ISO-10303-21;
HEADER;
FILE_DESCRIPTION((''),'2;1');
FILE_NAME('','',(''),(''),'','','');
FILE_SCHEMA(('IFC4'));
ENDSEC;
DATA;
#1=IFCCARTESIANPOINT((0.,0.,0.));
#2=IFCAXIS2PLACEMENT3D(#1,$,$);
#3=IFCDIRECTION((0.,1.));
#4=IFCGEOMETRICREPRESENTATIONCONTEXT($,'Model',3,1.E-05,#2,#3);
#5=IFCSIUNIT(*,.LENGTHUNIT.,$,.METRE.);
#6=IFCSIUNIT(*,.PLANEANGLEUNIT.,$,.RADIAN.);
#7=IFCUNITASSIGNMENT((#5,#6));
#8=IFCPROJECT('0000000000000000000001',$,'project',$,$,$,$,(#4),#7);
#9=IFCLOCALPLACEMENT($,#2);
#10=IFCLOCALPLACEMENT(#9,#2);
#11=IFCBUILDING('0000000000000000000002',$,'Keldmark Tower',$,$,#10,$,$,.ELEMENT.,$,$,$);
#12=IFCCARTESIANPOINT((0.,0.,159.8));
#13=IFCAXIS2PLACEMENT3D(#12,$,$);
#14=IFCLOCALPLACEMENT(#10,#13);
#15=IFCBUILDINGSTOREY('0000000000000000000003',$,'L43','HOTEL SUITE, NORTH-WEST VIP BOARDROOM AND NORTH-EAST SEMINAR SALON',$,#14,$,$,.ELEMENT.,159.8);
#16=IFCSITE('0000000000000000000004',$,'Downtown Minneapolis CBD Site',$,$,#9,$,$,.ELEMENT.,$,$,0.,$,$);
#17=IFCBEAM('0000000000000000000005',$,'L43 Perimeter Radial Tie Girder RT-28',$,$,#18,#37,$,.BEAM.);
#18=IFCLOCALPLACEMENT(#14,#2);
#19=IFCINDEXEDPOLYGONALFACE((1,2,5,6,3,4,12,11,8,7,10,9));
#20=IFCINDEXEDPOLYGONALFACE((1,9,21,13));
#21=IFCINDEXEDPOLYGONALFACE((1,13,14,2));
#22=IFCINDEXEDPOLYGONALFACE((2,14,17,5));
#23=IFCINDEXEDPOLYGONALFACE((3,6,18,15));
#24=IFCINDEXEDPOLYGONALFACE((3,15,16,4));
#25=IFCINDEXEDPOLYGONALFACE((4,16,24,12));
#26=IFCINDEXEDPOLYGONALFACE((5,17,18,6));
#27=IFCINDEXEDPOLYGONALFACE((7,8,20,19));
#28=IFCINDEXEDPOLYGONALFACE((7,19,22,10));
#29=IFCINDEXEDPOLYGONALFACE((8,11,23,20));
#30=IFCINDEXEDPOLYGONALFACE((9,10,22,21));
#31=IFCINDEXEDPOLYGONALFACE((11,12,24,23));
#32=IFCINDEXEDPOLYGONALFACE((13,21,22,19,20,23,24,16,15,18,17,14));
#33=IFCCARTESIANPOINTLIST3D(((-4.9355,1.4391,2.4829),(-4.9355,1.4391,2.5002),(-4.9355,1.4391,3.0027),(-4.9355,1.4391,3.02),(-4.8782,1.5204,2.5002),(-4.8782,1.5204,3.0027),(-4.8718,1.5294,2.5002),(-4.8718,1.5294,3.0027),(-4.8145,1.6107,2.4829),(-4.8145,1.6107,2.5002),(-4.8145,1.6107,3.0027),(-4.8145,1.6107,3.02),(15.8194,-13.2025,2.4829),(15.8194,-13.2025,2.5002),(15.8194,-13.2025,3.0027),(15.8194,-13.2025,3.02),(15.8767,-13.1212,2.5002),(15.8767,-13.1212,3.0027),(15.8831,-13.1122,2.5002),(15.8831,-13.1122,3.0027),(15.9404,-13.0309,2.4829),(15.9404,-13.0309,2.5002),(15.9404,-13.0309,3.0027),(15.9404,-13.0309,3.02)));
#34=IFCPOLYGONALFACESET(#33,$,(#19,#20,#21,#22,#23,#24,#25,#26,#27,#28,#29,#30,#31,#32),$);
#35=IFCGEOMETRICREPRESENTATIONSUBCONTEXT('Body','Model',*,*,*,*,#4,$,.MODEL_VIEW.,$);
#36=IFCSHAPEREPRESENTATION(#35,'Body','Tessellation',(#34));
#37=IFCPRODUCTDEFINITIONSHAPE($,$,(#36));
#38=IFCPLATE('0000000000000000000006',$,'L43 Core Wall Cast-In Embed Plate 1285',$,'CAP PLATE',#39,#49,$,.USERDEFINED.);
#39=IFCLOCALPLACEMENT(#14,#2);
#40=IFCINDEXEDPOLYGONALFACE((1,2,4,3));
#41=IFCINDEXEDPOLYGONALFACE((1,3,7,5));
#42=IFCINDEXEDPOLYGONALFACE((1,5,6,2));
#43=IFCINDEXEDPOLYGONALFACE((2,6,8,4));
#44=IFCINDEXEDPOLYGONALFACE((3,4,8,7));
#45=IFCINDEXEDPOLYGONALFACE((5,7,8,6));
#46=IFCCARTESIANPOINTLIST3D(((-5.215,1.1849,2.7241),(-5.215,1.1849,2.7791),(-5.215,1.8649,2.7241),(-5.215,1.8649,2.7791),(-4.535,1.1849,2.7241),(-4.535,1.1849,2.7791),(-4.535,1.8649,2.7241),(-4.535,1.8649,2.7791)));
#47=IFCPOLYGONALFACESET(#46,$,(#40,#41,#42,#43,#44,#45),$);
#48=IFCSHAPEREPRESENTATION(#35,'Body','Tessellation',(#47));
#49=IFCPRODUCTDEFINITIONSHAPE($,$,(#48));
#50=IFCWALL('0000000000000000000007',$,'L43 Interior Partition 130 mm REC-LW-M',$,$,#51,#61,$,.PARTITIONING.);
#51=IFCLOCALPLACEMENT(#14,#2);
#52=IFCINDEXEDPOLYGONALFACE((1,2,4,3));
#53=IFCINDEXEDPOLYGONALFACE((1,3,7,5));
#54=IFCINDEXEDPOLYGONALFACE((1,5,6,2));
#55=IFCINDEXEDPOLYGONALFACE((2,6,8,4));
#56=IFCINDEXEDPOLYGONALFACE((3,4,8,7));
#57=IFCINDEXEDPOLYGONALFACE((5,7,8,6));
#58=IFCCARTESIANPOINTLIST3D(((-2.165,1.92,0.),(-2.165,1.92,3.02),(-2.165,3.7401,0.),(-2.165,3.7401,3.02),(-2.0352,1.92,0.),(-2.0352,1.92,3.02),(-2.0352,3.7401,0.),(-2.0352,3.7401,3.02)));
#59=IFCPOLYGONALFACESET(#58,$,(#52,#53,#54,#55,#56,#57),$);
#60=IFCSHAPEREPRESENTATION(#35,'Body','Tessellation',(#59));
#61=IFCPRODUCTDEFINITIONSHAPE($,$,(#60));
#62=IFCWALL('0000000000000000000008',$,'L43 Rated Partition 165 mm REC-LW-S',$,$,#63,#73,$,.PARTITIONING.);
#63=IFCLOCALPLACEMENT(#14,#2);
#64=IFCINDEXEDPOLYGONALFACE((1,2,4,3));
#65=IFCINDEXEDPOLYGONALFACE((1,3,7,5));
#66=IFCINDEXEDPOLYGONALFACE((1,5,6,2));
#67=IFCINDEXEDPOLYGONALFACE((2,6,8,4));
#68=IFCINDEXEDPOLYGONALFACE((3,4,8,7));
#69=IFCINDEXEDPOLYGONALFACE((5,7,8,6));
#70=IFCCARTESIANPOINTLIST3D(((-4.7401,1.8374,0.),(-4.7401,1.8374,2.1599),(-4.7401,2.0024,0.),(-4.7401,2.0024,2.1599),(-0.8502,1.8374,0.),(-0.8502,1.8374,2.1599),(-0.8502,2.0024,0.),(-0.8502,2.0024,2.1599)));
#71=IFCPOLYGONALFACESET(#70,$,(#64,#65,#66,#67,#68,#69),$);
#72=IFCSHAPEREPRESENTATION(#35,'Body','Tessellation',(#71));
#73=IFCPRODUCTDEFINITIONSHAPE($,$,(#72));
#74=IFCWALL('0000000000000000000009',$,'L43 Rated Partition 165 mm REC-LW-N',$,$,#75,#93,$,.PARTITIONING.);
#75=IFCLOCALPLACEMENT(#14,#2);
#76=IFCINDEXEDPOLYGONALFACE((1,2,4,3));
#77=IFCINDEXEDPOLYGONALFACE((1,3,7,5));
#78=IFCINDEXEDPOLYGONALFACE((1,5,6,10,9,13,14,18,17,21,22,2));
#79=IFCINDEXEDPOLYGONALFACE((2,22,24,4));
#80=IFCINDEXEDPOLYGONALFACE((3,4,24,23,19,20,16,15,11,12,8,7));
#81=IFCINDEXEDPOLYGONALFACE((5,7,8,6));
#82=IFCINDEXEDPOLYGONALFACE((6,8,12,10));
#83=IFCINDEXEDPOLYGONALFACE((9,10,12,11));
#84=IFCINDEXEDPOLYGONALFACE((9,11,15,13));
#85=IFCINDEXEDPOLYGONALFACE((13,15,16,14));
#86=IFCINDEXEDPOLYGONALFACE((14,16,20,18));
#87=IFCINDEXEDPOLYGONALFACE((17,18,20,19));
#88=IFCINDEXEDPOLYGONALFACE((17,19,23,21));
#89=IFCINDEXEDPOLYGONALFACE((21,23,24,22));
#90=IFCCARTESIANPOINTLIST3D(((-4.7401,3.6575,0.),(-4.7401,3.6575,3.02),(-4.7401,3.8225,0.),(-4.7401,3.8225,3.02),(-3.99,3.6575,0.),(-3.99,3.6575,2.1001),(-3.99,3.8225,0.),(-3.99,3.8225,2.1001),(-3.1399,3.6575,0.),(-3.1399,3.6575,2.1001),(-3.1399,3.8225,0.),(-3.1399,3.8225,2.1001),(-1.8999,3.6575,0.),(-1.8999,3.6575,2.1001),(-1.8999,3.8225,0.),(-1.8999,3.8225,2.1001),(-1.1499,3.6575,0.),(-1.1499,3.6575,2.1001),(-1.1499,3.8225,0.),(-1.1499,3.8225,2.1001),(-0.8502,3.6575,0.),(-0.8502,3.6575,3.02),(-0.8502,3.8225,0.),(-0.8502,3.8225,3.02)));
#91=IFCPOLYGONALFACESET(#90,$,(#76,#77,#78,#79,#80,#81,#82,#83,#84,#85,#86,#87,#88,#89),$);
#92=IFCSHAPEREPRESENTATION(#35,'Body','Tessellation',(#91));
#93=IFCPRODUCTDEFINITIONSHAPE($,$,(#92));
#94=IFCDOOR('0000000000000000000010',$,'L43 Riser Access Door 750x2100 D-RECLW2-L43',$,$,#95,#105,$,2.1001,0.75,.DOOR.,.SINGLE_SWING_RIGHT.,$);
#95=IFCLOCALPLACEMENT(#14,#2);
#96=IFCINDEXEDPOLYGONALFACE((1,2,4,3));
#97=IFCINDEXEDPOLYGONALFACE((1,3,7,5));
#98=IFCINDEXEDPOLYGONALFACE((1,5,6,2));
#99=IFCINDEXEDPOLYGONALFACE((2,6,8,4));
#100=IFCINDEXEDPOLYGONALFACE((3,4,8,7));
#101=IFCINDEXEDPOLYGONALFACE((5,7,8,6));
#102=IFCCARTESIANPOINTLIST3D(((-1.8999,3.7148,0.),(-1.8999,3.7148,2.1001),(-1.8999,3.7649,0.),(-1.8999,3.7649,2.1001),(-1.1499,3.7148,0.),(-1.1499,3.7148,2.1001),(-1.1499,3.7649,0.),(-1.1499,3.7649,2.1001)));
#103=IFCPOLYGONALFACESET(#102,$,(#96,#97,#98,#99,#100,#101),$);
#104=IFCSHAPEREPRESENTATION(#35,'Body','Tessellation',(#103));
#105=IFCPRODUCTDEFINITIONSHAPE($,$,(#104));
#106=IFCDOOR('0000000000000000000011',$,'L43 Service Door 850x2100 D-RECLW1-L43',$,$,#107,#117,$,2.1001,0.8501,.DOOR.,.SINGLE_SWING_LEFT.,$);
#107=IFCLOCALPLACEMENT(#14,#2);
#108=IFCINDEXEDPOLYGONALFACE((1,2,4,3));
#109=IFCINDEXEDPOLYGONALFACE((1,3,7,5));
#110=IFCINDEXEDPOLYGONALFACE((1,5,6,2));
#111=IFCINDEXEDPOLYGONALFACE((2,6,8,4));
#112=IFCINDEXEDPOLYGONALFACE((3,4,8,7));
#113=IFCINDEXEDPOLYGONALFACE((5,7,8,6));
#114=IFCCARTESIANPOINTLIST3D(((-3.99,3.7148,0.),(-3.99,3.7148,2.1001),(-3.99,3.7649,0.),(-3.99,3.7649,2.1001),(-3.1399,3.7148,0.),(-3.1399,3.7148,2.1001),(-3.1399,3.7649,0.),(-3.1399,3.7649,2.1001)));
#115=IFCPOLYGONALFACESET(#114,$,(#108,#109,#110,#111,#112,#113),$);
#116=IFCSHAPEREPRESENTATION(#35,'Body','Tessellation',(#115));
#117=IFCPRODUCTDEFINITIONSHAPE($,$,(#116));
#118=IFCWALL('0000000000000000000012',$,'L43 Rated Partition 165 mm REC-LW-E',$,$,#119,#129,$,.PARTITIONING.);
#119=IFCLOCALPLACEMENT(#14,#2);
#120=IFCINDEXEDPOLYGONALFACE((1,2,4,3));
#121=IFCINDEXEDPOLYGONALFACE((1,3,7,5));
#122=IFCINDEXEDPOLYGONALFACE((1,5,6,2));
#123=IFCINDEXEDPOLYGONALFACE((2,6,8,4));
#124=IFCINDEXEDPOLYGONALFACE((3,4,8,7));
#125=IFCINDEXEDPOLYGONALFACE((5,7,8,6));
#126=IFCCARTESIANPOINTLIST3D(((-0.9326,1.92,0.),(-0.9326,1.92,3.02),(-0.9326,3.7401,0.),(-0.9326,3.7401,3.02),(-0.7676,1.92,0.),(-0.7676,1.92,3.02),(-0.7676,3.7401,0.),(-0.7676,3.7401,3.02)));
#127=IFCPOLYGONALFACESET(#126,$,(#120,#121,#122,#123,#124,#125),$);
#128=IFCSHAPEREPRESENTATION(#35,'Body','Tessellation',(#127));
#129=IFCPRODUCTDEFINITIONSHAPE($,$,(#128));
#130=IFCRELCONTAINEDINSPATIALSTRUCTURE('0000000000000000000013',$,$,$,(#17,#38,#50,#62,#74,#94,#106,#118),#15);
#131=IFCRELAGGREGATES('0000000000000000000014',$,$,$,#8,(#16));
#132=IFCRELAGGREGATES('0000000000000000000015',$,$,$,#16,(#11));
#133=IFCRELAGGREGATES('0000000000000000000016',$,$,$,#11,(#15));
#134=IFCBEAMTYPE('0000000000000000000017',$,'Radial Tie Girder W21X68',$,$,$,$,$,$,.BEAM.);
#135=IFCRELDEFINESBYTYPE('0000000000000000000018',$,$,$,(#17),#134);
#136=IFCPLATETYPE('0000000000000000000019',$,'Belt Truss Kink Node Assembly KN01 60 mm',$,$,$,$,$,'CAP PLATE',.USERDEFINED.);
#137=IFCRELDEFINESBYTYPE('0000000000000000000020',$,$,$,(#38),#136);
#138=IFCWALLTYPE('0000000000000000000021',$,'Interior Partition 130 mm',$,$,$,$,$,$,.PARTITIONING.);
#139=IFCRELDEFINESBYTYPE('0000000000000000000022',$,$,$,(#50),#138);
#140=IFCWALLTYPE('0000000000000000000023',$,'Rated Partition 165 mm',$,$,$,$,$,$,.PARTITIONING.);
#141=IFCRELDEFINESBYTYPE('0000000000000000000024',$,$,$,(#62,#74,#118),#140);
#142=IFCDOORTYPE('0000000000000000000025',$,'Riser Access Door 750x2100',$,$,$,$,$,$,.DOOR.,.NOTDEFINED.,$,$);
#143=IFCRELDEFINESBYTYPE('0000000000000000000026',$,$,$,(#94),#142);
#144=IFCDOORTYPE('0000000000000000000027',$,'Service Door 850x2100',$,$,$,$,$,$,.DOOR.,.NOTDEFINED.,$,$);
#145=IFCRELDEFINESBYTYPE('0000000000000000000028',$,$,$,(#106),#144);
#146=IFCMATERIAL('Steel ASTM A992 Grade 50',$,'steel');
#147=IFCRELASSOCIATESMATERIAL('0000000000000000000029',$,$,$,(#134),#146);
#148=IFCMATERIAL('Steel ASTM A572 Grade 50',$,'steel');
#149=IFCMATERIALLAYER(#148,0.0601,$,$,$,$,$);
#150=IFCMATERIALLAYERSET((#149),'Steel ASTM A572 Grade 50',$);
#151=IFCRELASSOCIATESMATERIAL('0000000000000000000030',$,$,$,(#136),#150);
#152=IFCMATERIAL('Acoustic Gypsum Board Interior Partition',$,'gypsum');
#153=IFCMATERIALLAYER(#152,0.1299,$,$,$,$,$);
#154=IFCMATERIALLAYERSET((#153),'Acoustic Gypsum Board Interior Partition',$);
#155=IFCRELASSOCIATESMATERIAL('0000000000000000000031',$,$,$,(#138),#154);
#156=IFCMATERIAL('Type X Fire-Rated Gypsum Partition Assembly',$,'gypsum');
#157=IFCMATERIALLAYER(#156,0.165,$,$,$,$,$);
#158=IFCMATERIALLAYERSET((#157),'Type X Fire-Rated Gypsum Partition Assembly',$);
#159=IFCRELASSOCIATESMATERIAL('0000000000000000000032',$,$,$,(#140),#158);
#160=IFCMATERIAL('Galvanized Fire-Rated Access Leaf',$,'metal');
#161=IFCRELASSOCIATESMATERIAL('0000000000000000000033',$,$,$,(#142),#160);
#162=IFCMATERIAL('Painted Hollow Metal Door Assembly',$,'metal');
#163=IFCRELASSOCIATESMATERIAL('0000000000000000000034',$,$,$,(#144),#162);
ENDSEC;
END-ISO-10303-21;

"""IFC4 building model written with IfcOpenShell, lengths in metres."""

from ifc_helpers import new_model, si_unit, direction, frame, frame_2d, origin, origin_2d, place, context, subcontext, project, spatial, rectangle, i_section, extrude, material, layer, layer_set, material_profile, profile_set, type_object, element, fill, save


model = new_model("IFC4")

# Units and contexts
model_context = context("Model", 3, precision=1e-05, world=origin(), true_north=direction((0.0, 1.0)))
body_context = subcontext(model_context, "Body", "Model", "MODEL_VIEW")
ifc_project = project(units=[si_unit("LENGTHUNIT", "METRE"), si_unit("PLANEANGLEUNIT", "RADIAN")], contexts=[model_context])

# Site, building, storey
site_placement = place(None, origin())
site = spatial("IfcSite", under=ifc_project, at=site_placement, Name="Downtown Minneapolis CBD Site", CompositionType="ELEMENT", RefElevation=0.0)
building_placement = place(site_placement, origin())
building = spatial("IfcBuilding", under=site, at=building_placement, Name="Keldmark Tower", CompositionType="ELEMENT")
storey_placement = place(building_placement, frame((0.0, 0.0, 159.8)))
storey = spatial("IfcBuildingStorey", under=building, at=storey_placement, Name="L43", Description="HOTEL SUITE, NORTH-WEST VIP BOARDROOM AND NORTH-EAST SEMINAR SALON", CompositionType="ELEMENT", Elevation=159.8)

# Beam
ifc_material_1 = material(Name="Steel ASTM A992 Grade 50", Category="steel")
ifc_material_profile = material_profile(ifc_material_1, i_section(OverallWidth=0.21, OverallDepth=0.5371, WebThickness=0.011, FlangeThickness=0.0173, at=origin_2d()), Name="W21X68")
ifc_profile_set = profile_set([ifc_material_profile], Name="Steel ASTM A992 Grade 50")
beam_type = type_object("IfcBeamType", Name="Radial Tie Girder W21X68", PredefinedType="BEAM", material=ifc_profile_set)
beam_placement = place(storey_placement, frame((-4.875, 1.5249, 2.7515), z_axis=(0.817133, -0.576449, 0.0), x_axis=(0.576449, 0.817133, 0.0)))
element("IfcBeam", 1, at=beam_placement, inside=storey, type_object=beam_type, Name="L43 Perimeter Radial Tie Girder RT-28", PredefinedType="BEAM", context=body_context, shape_type="SweptSolid", body=[
    extrude(i_section(OverallWidth=0.21, OverallDepth=0.5371, WebThickness=0.011, FlangeThickness=0.0173, at=origin_2d()), origin(), (0.0, 0.0, 1.0), 25.3997),
])

# Plate
ifc_material_2 = material(Name="Steel ASTM A572 Grade 50", Category="steel")
ifc_layer_1 = layer(ifc_material_2, 0.0601)
ifc_layer_set_1 = layer_set([ifc_layer_1], Name="Steel ASTM A572 Grade 50")
plate_type = type_object("IfcPlateType", Name="Belt Truss Kink Node Assembly KN01 60 mm", ElementType="CAP PLATE", PredefinedType="USERDEFINED", material=ifc_layer_set_1)
plate_placement = place(storey_placement, frame((-4.875, 1.5249, 2.7241), z_axis=(0.0, 0.0, 1.0), x_axis=(1.0, 0.0, 0.0)))
element("IfcPlate", 2, at=plate_placement, inside=storey, type_object=plate_type, Name="L43 Core Wall Cast-In Embed Plate 1285", ObjectType="CAP PLATE", PredefinedType="USERDEFINED", context=body_context, shape_type="SweptSolid", body=[
    extrude(rectangle(XDim=0.6799, YDim=0.6799, at=origin_2d()), origin(), (0.0, 0.0, 1.0), 0.0549),
])

# Walls
ifc_material_3 = material(Name="Acoustic Gypsum Board Interior Partition", Category="gypsum")
ifc_layer_2 = layer(ifc_material_3, 0.1299)
ifc_layer_set_2 = layer_set([ifc_layer_2], Name="Acoustic Gypsum Board Interior Partition")
wall_type_1 = type_object("IfcWallType", Name="Interior Partition 130 mm", PredefinedType="PARTITIONING", material=ifc_layer_set_2)
wall_1_placement = place(storey_placement, frame((-2.1001, 1.9199, 0.0), z_axis=(0.0, 0.0, 1.0), x_axis=(0.0, 1.0, 0.0)))
element("IfcWall", 3, at=wall_1_placement, inside=storey, type_object=wall_type_1, Name="L43 Interior Partition 130 mm REC-LW-M", PredefinedType="PARTITIONING", context=body_context, shape_type="SweptSolid", body=[
    extrude(rectangle(XDim=1.8201, YDim=0.1299, at=frame_2d((0.9102, 0.0))), origin(), (0.0, 0.0, 1.0), 3.02),
])
ifc_material_4 = material(Name="Type X Fire-Rated Gypsum Partition Assembly", Category="gypsum")
ifc_layer_3 = layer(ifc_material_4, 0.165)
ifc_layer_set_3 = layer_set([ifc_layer_3], Name="Type X Fire-Rated Gypsum Partition Assembly")
wall_type_2 = type_object("IfcWallType", Name="Rated Partition 165 mm", PredefinedType="PARTITIONING", material=ifc_layer_set_3)
wall_2_placement = place(storey_placement, frame((-4.74, 1.9199, 0.0), z_axis=(0.0, 0.0, 1.0), x_axis=(1.0, 0.0, 0.0)))
element("IfcWall", 4, at=wall_2_placement, inside=storey, type_object=wall_type_2, Name="L43 Rated Partition 165 mm REC-LW-S", PredefinedType="PARTITIONING", context=body_context, shape_type="SweptSolid", body=[
    extrude(rectangle(XDim=3.8899, YDim=0.165, at=frame_2d((1.9448, 0.0))), origin(), (0.0, 0.0, 1.0), 2.1599),
])

# Wall, openings, doors
wall_3_placement = place(storey_placement, frame((-4.74, 3.74, 0.0), z_axis=(0.0, 0.0, 1.0), x_axis=(1.0, 0.0, 0.0)))
wall_3 = element("IfcWall", 5, at=wall_3_placement, inside=storey, type_object=wall_type_2, Name="L43 Rated Partition 165 mm REC-LW-N", PredefinedType="PARTITIONING", context=body_context, shape_type="SweptSolid", body=[
    extrude(rectangle(XDim=3.8899, YDim=0.165, at=frame_2d((1.9448, 0.0))), origin(), (0.0, 0.0, 1.0), 3.02),
])
opening_1_placement = place(wall_3_placement, frame((0.75, 0.0, 0.0)))
opening_1 = element("IfcOpeningElement", 6, at=opening_1_placement, cuts=wall_3, PredefinedType="OPENING", context=body_context, shape_type="SweptSolid", body=[
    extrude(rectangle(XDim=0.8501, YDim=2.1001, at=frame_2d((0.425, 1.05))), frame((0.0, 0.0925, 0.0), z_axis=(0.0, -1.0, 0.0), x_axis=(1.0, 0.0, 0.0)), (0.0, 0.0, 1.0), 0.1851),
])
opening_2_placement = place(wall_3_placement, frame((2.8401, 0.0, 0.0)))
opening_2 = element("IfcOpeningElement", 7, at=opening_2_placement, cuts=wall_3, PredefinedType="OPENING", context=body_context, shape_type="SweptSolid", body=[
    extrude(rectangle(XDim=0.75, YDim=2.1001, at=frame_2d((0.375, 1.05))), frame((0.0, 0.0925, 0.0), z_axis=(0.0, -1.0, 0.0), x_axis=(1.0, 0.0, 0.0)), (0.0, 0.0, 1.0), 0.1851),
])
ifc_material_5 = material(Name="Galvanized Fire-Rated Access Leaf", Category="metal")
door_type_1 = type_object("IfcDoorType", Name="Riser Access Door 750x2100", OperationType="NOTDEFINED", PredefinedType="DOOR", material=ifc_material_5)
door_1_placement = place(opening_2_placement, origin())
door_1 = element("IfcDoor", 8, at=door_1_placement, inside=storey, type_object=door_type_1, Name="L43 Riser Access Door 750x2100 D-RECLW2-L43", OperationType="SINGLE_SWING_RIGHT", OverallHeight=2.1001, OverallWidth=0.75, PredefinedType="DOOR", context=body_context, shape_type="SweptSolid", body=[
    extrude(rectangle(XDim=0.75, YDim=2.1001, at=frame_2d((0.375, 1.05))), frame((0.0, 0.0249, 0.0), z_axis=(0.0, -1.0, 0.0), x_axis=(1.0, 0.0, 0.0)), (0.0, 0.0, 1.0), 0.05),
])
fill(opening_2, door_1)
ifc_material_6 = material(Name="Painted Hollow Metal Door Assembly", Category="metal")
door_type_2 = type_object("IfcDoorType", Name="Service Door 850x2100", OperationType="NOTDEFINED", PredefinedType="DOOR", material=ifc_material_6)
door_2_placement = place(opening_1_placement, origin())
door_2 = element("IfcDoor", 9, at=door_2_placement, inside=storey, type_object=door_type_2, Name="L43 Service Door 850x2100 D-RECLW1-L43", OperationType="SINGLE_SWING_LEFT", OverallHeight=2.1001, OverallWidth=0.8501, PredefinedType="DOOR", context=body_context, shape_type="SweptSolid", body=[
    extrude(rectangle(XDim=0.8501, YDim=2.1001, at=frame_2d((0.425, 1.05))), frame((0.0, 0.0249, 0.0), z_axis=(0.0, -1.0, 0.0), x_axis=(1.0, 0.0, 0.0)), (0.0, 0.0, 1.0), 0.05),
])
fill(opening_1, door_2)

# Wall
wall_4_placement = place(storey_placement, frame((-0.8501, 1.9199, 0.0), z_axis=(0.0, 0.0, 1.0), x_axis=(0.0, 1.0, 0.0)))
element("IfcWall", 10, at=wall_4_placement, inside=storey, type_object=wall_type_2, Name="L43 Rated Partition 165 mm REC-LW-E", PredefinedType="PARTITIONING", context=body_context, shape_type="SweptSolid", body=[
    extrude(rectangle(XDim=1.8201, YDim=0.165, at=frame_2d((0.9102, 0.0))), origin(), (0.0, 0.0, 1.0), 3.02),
])

save(model, "model.ifc")
